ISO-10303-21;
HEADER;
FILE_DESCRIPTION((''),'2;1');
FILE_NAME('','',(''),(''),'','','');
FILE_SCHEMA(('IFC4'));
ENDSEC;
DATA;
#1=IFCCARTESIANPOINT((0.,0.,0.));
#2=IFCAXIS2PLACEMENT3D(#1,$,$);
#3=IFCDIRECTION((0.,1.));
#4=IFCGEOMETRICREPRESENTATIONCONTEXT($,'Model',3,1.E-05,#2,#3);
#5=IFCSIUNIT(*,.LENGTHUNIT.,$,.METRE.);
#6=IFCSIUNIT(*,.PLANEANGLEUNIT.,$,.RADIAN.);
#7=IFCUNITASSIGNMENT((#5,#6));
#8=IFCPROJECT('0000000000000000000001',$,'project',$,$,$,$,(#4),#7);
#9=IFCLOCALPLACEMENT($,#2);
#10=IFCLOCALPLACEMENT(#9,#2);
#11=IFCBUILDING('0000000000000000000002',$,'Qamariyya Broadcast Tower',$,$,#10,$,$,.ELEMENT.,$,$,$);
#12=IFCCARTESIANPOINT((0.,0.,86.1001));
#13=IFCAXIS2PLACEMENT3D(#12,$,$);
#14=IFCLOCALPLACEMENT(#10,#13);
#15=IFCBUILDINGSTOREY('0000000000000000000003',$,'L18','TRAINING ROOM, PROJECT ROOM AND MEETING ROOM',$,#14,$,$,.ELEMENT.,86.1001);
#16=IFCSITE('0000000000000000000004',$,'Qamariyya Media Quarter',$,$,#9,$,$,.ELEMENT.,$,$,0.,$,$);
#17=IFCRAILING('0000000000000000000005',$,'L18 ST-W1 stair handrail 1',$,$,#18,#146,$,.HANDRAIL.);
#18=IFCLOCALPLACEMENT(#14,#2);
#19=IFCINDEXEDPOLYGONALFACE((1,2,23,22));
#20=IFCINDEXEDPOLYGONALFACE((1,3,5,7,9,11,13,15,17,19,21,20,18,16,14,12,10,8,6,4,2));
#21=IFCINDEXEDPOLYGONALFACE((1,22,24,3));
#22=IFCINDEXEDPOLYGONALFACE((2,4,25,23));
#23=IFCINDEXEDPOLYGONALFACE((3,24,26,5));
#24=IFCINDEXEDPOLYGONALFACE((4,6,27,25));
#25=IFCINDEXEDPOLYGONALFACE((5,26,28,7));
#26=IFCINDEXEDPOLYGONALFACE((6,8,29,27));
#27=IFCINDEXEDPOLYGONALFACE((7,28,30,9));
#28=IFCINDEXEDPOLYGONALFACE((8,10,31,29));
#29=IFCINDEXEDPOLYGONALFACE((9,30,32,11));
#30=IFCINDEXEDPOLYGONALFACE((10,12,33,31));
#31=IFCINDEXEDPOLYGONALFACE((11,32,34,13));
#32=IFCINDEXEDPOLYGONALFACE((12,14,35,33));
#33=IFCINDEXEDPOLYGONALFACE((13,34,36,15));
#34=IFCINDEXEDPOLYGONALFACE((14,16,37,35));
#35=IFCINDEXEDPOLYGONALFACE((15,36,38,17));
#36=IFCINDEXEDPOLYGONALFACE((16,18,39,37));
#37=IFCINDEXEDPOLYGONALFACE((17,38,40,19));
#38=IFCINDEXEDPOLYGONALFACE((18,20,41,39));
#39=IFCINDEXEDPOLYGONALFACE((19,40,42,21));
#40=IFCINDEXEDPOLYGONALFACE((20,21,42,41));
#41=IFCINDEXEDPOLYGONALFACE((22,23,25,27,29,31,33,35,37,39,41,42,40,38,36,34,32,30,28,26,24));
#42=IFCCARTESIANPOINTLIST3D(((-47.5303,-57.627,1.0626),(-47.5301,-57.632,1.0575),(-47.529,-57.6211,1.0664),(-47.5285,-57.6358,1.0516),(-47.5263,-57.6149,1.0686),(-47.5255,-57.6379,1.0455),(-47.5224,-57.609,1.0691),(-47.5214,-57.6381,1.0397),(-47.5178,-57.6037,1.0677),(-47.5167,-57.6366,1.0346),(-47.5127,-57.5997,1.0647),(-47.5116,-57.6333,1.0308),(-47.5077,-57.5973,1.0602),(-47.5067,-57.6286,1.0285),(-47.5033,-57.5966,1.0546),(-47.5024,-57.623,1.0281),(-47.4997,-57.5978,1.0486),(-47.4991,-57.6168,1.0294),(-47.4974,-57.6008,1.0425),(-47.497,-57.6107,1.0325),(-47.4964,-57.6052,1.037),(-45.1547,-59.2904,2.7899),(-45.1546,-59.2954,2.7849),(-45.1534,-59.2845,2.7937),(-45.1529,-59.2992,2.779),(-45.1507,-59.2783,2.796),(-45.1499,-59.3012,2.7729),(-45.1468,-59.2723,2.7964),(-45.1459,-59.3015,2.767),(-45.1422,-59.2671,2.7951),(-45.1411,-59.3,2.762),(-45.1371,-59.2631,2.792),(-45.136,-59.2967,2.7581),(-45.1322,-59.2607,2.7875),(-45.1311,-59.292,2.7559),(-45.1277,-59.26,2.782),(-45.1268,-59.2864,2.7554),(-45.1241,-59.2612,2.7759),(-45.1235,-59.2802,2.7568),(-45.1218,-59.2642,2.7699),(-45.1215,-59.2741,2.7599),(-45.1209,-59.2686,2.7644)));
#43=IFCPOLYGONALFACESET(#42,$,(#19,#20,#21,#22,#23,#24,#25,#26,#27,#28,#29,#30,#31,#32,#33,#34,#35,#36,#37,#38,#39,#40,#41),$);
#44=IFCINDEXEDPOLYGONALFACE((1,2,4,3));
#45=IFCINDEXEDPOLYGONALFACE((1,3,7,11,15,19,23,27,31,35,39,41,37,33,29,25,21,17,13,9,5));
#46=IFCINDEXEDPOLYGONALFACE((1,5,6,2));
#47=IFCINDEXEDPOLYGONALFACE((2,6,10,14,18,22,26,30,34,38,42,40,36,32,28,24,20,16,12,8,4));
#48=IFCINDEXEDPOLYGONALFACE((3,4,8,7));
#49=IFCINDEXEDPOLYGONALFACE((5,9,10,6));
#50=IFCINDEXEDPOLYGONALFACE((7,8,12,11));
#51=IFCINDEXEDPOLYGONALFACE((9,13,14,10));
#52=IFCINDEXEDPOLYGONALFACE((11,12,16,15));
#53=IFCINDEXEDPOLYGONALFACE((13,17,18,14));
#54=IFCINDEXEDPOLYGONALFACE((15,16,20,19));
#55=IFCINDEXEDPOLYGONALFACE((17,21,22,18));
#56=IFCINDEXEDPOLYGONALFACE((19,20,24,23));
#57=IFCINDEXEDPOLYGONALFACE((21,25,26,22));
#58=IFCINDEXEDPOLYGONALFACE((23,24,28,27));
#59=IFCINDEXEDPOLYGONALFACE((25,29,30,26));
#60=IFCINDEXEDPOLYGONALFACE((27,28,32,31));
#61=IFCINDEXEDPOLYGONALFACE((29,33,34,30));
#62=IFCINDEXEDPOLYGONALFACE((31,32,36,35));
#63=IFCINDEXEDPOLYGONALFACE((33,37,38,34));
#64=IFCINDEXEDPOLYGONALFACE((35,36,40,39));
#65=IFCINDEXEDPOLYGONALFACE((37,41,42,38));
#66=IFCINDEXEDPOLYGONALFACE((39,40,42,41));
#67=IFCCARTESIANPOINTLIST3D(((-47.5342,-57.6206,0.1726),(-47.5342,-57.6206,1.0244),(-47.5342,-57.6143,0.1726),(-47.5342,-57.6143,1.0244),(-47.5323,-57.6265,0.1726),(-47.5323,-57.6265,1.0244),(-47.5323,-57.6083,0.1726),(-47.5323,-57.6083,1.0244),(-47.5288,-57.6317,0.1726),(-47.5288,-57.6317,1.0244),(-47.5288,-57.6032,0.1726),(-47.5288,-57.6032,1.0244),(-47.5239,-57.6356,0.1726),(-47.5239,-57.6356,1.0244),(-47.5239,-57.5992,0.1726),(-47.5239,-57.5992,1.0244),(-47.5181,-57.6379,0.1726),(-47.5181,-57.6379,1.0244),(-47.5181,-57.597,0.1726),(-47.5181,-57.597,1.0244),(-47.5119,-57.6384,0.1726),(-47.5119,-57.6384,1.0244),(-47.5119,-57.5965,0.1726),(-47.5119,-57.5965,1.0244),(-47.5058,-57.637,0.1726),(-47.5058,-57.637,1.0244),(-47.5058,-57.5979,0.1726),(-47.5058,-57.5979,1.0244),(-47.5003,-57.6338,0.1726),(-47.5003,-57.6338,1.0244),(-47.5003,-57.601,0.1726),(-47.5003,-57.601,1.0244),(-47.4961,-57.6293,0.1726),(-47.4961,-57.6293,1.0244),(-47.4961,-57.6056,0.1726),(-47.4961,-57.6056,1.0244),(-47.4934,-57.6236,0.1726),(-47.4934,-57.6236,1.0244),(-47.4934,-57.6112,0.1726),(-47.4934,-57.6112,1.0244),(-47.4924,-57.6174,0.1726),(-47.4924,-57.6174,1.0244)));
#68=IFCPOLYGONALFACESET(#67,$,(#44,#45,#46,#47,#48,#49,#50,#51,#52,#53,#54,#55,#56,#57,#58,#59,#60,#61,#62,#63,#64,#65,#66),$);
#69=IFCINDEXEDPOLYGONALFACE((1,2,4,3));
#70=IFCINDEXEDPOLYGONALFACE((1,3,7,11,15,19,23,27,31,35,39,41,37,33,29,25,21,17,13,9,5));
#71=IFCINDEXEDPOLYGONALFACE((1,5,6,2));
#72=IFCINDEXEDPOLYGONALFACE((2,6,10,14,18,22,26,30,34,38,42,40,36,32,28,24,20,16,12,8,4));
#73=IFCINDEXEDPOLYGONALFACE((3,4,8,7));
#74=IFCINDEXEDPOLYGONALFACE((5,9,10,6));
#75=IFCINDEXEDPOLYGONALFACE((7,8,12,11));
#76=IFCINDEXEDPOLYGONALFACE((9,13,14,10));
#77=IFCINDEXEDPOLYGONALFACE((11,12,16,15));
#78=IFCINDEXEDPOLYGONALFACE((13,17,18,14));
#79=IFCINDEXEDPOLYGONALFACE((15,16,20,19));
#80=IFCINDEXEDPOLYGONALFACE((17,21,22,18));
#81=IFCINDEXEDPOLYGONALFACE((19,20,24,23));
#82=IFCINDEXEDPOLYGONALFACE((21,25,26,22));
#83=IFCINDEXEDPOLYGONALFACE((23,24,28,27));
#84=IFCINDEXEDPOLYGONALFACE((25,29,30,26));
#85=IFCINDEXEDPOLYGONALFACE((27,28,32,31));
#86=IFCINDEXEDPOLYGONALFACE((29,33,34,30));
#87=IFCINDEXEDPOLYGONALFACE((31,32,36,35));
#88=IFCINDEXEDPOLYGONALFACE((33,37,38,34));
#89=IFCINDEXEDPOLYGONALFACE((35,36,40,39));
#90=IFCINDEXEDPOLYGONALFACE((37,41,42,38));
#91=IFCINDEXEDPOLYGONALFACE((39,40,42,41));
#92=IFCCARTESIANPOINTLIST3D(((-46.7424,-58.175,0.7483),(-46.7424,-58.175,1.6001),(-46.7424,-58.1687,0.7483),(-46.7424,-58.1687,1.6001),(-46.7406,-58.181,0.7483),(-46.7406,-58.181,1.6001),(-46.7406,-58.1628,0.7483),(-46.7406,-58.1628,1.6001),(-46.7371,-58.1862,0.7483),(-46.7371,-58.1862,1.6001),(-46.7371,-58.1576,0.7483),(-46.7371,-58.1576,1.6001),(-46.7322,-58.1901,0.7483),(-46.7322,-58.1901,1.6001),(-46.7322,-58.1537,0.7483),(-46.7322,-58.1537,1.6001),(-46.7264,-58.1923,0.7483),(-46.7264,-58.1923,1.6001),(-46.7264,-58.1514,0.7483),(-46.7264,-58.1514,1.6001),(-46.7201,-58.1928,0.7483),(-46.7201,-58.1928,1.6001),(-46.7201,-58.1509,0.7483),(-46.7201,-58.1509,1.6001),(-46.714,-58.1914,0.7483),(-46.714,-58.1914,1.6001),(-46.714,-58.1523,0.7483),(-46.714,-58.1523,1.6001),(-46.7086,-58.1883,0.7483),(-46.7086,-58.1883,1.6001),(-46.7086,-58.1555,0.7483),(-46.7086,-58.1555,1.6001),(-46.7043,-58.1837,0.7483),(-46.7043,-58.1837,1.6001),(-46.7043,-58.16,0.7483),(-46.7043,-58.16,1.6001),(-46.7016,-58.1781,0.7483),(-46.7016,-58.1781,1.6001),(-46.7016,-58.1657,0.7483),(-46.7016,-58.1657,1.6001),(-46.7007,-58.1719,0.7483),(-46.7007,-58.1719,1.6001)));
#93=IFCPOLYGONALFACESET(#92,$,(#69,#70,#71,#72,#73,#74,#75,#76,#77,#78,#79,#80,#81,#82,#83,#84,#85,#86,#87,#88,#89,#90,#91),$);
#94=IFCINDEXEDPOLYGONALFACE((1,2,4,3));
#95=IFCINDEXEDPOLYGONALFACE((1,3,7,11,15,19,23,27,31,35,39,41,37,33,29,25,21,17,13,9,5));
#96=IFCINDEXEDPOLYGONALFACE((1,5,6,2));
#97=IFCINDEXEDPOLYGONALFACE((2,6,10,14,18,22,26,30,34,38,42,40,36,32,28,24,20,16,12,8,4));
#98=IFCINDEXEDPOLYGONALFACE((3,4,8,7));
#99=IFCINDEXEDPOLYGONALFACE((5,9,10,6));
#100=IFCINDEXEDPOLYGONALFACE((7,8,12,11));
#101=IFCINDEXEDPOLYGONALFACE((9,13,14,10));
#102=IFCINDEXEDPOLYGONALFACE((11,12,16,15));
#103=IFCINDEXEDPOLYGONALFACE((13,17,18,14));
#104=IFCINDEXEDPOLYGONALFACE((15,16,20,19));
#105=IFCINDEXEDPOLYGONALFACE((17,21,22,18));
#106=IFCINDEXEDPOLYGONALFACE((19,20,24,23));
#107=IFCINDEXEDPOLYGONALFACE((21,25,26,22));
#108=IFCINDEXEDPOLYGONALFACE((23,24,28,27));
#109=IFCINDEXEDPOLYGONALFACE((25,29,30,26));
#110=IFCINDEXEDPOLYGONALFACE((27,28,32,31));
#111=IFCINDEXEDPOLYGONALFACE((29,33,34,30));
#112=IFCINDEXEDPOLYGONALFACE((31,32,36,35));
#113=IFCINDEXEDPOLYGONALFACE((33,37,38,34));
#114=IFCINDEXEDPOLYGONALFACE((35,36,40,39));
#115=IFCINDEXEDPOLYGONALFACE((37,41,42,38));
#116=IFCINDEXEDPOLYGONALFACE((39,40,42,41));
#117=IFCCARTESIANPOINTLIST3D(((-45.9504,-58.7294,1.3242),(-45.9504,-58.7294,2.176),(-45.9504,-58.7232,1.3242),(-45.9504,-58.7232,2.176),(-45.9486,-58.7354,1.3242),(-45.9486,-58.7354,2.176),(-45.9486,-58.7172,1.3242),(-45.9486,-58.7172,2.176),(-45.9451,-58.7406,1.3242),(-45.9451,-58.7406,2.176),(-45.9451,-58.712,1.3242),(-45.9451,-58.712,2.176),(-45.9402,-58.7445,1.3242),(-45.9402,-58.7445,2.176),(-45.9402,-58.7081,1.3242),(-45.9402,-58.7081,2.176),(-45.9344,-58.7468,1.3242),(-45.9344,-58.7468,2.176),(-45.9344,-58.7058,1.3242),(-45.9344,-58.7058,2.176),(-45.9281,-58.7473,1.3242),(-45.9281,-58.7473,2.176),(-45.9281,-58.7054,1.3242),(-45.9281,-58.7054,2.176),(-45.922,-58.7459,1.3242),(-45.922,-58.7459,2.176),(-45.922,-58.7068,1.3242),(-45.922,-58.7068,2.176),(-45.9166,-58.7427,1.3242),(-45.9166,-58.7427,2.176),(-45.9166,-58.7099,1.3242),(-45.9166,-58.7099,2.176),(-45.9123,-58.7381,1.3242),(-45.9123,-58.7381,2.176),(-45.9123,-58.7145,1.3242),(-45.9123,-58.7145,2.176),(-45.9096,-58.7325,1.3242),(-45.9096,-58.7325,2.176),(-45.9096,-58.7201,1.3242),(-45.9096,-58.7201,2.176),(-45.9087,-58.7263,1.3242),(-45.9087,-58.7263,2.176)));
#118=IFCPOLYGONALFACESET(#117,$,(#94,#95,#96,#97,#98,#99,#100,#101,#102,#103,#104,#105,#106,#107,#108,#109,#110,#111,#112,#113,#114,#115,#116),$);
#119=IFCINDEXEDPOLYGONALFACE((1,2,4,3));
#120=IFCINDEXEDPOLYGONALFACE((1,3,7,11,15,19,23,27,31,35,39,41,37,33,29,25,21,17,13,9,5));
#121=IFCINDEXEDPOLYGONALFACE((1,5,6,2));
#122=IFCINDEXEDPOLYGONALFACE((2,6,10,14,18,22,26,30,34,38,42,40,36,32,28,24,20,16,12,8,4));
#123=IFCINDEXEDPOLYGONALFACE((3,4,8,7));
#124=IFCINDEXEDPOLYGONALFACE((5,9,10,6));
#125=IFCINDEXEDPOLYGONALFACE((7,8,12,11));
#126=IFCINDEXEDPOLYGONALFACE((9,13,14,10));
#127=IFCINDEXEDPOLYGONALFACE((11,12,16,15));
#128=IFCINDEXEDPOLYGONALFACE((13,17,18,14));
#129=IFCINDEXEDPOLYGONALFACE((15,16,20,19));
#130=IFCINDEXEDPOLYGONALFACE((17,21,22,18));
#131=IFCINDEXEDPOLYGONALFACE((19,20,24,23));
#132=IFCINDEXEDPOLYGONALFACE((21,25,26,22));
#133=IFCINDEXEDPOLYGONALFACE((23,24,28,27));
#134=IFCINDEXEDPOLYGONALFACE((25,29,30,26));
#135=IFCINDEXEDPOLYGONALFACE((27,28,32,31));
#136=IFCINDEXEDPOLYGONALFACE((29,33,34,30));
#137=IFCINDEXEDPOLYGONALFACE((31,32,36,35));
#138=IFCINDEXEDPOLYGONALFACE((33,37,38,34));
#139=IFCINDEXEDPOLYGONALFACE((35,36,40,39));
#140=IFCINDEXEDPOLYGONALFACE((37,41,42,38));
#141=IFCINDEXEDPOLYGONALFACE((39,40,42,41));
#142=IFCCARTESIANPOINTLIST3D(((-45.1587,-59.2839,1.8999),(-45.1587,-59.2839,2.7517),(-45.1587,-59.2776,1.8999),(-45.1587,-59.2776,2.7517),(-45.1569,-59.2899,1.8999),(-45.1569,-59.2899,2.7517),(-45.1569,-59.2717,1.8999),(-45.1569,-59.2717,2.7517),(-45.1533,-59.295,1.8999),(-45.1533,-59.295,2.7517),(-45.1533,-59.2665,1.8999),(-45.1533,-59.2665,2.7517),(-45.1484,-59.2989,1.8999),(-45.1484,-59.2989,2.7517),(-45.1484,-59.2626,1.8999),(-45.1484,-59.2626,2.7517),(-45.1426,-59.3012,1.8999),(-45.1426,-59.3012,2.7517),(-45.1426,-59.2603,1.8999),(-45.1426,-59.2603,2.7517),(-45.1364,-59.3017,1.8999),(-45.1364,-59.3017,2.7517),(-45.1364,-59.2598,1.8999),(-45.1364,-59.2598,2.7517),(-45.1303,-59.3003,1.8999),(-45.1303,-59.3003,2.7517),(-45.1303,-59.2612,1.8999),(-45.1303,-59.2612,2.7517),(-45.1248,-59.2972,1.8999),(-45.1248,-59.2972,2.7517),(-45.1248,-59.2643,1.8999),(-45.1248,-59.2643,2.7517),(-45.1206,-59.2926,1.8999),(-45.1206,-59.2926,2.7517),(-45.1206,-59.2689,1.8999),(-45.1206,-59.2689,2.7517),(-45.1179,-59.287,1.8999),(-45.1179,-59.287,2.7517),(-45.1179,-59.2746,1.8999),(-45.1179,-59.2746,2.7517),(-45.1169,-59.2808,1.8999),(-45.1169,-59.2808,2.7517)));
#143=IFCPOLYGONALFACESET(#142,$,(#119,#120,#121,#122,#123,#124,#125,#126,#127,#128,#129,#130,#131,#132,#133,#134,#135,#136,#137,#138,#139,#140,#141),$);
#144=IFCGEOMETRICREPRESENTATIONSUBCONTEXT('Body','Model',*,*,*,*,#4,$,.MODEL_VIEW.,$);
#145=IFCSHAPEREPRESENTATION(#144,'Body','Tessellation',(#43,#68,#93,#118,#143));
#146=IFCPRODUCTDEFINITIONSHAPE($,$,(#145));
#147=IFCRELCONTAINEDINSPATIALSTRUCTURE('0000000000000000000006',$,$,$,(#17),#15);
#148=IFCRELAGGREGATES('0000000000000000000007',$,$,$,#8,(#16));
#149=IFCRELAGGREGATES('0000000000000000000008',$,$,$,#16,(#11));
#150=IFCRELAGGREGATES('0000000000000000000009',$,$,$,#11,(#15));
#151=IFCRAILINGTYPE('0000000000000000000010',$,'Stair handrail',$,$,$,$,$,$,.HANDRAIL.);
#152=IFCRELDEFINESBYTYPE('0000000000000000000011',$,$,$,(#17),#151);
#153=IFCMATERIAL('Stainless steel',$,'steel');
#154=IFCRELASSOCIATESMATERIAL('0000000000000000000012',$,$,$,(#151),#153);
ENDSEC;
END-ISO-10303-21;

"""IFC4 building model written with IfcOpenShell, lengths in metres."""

from ifc_helpers import new_model, si_unit, direction, frame, origin, origin_2d, place, context, subcontext, project, spatial, circle, extrude, material, type_object, element, save


model = new_model("IFC4")

# Units and contexts
model_context = context("Model", 3, precision=1e-05, world=origin(), true_north=direction((0.0, 1.0)))
body_context = subcontext(model_context, "Body", "Model", "MODEL_VIEW")
ifc_project = project(units=[si_unit("LENGTHUNIT", "METRE"), si_unit("PLANEANGLEUNIT", "RADIAN")], contexts=[model_context])

# Site, building, storey
site_placement = place(None, origin())
site = spatial("IfcSite", under=ifc_project, at=site_placement, Name="Qamariyya Media Quarter", CompositionType="ELEMENT", RefElevation=0.0)
building_placement = place(site_placement, origin())
building = spatial("IfcBuilding", under=site, at=building_placement, Name="Qamariyya Broadcast Tower", CompositionType="ELEMENT")
storey_placement = place(building_placement, frame((0.0, 0.0, 86.1001)))
storey = spatial("IfcBuildingStorey", under=building, at=storey_placement, Name="L18", Description="TRAINING ROOM, PROJECT ROOM AND MEETING ROOM", CompositionType="ELEMENT", Elevation=86.1001)

# Railing
ifc_material_1 = material(Name="Stainless steel", Category="steel")
railing_type_1 = type_object("IfcRailingType", Name="Stair handrail", PredefinedType="HANDRAIL", material=ifc_material_1)
railing_1_placement = place(storey_placement, frame((-47.5134, -57.6174, 0.1726)))
element("IfcRailing", 1, at=railing_1_placement, inside=storey, type_object=railing_type_1, Name="L18 ST-W1 stair handrail 1", PredefinedType="HANDRAIL", context=body_context, shape_type="SweptSolid", body=[
    extrude(circle(Radius=0.0239, at=origin_2d()), frame((0.0, 0.0, 0.876), z_axis=(0.70377, -0.492784, 0.511734), x_axis=(0.573575, 0.819153, 0.0)), (0.0, 0.0, 1.0), 3.3755),
    extrude(circle(Radius=0.021, at=origin_2d()), origin(), (0.0, 0.0, 1.0), 0.8518),
    extrude(circle(Radius=0.021, at=origin_2d()), frame((0.7917, -0.5544, 0.5757)), (0.0, 0.0, 1.0), 0.8518),
    extrude(circle(Radius=0.021, at=origin_2d()), frame((1.5837, -1.1089, 1.1516)), (0.0, 0.0, 1.0), 0.8518),
    extrude(circle(Radius=0.021, at=origin_2d()), frame((2.3755, -1.6633, 1.7273)), (0.0, 0.0, 1.0), 0.8518),
])

save(model, "model.ifc")
